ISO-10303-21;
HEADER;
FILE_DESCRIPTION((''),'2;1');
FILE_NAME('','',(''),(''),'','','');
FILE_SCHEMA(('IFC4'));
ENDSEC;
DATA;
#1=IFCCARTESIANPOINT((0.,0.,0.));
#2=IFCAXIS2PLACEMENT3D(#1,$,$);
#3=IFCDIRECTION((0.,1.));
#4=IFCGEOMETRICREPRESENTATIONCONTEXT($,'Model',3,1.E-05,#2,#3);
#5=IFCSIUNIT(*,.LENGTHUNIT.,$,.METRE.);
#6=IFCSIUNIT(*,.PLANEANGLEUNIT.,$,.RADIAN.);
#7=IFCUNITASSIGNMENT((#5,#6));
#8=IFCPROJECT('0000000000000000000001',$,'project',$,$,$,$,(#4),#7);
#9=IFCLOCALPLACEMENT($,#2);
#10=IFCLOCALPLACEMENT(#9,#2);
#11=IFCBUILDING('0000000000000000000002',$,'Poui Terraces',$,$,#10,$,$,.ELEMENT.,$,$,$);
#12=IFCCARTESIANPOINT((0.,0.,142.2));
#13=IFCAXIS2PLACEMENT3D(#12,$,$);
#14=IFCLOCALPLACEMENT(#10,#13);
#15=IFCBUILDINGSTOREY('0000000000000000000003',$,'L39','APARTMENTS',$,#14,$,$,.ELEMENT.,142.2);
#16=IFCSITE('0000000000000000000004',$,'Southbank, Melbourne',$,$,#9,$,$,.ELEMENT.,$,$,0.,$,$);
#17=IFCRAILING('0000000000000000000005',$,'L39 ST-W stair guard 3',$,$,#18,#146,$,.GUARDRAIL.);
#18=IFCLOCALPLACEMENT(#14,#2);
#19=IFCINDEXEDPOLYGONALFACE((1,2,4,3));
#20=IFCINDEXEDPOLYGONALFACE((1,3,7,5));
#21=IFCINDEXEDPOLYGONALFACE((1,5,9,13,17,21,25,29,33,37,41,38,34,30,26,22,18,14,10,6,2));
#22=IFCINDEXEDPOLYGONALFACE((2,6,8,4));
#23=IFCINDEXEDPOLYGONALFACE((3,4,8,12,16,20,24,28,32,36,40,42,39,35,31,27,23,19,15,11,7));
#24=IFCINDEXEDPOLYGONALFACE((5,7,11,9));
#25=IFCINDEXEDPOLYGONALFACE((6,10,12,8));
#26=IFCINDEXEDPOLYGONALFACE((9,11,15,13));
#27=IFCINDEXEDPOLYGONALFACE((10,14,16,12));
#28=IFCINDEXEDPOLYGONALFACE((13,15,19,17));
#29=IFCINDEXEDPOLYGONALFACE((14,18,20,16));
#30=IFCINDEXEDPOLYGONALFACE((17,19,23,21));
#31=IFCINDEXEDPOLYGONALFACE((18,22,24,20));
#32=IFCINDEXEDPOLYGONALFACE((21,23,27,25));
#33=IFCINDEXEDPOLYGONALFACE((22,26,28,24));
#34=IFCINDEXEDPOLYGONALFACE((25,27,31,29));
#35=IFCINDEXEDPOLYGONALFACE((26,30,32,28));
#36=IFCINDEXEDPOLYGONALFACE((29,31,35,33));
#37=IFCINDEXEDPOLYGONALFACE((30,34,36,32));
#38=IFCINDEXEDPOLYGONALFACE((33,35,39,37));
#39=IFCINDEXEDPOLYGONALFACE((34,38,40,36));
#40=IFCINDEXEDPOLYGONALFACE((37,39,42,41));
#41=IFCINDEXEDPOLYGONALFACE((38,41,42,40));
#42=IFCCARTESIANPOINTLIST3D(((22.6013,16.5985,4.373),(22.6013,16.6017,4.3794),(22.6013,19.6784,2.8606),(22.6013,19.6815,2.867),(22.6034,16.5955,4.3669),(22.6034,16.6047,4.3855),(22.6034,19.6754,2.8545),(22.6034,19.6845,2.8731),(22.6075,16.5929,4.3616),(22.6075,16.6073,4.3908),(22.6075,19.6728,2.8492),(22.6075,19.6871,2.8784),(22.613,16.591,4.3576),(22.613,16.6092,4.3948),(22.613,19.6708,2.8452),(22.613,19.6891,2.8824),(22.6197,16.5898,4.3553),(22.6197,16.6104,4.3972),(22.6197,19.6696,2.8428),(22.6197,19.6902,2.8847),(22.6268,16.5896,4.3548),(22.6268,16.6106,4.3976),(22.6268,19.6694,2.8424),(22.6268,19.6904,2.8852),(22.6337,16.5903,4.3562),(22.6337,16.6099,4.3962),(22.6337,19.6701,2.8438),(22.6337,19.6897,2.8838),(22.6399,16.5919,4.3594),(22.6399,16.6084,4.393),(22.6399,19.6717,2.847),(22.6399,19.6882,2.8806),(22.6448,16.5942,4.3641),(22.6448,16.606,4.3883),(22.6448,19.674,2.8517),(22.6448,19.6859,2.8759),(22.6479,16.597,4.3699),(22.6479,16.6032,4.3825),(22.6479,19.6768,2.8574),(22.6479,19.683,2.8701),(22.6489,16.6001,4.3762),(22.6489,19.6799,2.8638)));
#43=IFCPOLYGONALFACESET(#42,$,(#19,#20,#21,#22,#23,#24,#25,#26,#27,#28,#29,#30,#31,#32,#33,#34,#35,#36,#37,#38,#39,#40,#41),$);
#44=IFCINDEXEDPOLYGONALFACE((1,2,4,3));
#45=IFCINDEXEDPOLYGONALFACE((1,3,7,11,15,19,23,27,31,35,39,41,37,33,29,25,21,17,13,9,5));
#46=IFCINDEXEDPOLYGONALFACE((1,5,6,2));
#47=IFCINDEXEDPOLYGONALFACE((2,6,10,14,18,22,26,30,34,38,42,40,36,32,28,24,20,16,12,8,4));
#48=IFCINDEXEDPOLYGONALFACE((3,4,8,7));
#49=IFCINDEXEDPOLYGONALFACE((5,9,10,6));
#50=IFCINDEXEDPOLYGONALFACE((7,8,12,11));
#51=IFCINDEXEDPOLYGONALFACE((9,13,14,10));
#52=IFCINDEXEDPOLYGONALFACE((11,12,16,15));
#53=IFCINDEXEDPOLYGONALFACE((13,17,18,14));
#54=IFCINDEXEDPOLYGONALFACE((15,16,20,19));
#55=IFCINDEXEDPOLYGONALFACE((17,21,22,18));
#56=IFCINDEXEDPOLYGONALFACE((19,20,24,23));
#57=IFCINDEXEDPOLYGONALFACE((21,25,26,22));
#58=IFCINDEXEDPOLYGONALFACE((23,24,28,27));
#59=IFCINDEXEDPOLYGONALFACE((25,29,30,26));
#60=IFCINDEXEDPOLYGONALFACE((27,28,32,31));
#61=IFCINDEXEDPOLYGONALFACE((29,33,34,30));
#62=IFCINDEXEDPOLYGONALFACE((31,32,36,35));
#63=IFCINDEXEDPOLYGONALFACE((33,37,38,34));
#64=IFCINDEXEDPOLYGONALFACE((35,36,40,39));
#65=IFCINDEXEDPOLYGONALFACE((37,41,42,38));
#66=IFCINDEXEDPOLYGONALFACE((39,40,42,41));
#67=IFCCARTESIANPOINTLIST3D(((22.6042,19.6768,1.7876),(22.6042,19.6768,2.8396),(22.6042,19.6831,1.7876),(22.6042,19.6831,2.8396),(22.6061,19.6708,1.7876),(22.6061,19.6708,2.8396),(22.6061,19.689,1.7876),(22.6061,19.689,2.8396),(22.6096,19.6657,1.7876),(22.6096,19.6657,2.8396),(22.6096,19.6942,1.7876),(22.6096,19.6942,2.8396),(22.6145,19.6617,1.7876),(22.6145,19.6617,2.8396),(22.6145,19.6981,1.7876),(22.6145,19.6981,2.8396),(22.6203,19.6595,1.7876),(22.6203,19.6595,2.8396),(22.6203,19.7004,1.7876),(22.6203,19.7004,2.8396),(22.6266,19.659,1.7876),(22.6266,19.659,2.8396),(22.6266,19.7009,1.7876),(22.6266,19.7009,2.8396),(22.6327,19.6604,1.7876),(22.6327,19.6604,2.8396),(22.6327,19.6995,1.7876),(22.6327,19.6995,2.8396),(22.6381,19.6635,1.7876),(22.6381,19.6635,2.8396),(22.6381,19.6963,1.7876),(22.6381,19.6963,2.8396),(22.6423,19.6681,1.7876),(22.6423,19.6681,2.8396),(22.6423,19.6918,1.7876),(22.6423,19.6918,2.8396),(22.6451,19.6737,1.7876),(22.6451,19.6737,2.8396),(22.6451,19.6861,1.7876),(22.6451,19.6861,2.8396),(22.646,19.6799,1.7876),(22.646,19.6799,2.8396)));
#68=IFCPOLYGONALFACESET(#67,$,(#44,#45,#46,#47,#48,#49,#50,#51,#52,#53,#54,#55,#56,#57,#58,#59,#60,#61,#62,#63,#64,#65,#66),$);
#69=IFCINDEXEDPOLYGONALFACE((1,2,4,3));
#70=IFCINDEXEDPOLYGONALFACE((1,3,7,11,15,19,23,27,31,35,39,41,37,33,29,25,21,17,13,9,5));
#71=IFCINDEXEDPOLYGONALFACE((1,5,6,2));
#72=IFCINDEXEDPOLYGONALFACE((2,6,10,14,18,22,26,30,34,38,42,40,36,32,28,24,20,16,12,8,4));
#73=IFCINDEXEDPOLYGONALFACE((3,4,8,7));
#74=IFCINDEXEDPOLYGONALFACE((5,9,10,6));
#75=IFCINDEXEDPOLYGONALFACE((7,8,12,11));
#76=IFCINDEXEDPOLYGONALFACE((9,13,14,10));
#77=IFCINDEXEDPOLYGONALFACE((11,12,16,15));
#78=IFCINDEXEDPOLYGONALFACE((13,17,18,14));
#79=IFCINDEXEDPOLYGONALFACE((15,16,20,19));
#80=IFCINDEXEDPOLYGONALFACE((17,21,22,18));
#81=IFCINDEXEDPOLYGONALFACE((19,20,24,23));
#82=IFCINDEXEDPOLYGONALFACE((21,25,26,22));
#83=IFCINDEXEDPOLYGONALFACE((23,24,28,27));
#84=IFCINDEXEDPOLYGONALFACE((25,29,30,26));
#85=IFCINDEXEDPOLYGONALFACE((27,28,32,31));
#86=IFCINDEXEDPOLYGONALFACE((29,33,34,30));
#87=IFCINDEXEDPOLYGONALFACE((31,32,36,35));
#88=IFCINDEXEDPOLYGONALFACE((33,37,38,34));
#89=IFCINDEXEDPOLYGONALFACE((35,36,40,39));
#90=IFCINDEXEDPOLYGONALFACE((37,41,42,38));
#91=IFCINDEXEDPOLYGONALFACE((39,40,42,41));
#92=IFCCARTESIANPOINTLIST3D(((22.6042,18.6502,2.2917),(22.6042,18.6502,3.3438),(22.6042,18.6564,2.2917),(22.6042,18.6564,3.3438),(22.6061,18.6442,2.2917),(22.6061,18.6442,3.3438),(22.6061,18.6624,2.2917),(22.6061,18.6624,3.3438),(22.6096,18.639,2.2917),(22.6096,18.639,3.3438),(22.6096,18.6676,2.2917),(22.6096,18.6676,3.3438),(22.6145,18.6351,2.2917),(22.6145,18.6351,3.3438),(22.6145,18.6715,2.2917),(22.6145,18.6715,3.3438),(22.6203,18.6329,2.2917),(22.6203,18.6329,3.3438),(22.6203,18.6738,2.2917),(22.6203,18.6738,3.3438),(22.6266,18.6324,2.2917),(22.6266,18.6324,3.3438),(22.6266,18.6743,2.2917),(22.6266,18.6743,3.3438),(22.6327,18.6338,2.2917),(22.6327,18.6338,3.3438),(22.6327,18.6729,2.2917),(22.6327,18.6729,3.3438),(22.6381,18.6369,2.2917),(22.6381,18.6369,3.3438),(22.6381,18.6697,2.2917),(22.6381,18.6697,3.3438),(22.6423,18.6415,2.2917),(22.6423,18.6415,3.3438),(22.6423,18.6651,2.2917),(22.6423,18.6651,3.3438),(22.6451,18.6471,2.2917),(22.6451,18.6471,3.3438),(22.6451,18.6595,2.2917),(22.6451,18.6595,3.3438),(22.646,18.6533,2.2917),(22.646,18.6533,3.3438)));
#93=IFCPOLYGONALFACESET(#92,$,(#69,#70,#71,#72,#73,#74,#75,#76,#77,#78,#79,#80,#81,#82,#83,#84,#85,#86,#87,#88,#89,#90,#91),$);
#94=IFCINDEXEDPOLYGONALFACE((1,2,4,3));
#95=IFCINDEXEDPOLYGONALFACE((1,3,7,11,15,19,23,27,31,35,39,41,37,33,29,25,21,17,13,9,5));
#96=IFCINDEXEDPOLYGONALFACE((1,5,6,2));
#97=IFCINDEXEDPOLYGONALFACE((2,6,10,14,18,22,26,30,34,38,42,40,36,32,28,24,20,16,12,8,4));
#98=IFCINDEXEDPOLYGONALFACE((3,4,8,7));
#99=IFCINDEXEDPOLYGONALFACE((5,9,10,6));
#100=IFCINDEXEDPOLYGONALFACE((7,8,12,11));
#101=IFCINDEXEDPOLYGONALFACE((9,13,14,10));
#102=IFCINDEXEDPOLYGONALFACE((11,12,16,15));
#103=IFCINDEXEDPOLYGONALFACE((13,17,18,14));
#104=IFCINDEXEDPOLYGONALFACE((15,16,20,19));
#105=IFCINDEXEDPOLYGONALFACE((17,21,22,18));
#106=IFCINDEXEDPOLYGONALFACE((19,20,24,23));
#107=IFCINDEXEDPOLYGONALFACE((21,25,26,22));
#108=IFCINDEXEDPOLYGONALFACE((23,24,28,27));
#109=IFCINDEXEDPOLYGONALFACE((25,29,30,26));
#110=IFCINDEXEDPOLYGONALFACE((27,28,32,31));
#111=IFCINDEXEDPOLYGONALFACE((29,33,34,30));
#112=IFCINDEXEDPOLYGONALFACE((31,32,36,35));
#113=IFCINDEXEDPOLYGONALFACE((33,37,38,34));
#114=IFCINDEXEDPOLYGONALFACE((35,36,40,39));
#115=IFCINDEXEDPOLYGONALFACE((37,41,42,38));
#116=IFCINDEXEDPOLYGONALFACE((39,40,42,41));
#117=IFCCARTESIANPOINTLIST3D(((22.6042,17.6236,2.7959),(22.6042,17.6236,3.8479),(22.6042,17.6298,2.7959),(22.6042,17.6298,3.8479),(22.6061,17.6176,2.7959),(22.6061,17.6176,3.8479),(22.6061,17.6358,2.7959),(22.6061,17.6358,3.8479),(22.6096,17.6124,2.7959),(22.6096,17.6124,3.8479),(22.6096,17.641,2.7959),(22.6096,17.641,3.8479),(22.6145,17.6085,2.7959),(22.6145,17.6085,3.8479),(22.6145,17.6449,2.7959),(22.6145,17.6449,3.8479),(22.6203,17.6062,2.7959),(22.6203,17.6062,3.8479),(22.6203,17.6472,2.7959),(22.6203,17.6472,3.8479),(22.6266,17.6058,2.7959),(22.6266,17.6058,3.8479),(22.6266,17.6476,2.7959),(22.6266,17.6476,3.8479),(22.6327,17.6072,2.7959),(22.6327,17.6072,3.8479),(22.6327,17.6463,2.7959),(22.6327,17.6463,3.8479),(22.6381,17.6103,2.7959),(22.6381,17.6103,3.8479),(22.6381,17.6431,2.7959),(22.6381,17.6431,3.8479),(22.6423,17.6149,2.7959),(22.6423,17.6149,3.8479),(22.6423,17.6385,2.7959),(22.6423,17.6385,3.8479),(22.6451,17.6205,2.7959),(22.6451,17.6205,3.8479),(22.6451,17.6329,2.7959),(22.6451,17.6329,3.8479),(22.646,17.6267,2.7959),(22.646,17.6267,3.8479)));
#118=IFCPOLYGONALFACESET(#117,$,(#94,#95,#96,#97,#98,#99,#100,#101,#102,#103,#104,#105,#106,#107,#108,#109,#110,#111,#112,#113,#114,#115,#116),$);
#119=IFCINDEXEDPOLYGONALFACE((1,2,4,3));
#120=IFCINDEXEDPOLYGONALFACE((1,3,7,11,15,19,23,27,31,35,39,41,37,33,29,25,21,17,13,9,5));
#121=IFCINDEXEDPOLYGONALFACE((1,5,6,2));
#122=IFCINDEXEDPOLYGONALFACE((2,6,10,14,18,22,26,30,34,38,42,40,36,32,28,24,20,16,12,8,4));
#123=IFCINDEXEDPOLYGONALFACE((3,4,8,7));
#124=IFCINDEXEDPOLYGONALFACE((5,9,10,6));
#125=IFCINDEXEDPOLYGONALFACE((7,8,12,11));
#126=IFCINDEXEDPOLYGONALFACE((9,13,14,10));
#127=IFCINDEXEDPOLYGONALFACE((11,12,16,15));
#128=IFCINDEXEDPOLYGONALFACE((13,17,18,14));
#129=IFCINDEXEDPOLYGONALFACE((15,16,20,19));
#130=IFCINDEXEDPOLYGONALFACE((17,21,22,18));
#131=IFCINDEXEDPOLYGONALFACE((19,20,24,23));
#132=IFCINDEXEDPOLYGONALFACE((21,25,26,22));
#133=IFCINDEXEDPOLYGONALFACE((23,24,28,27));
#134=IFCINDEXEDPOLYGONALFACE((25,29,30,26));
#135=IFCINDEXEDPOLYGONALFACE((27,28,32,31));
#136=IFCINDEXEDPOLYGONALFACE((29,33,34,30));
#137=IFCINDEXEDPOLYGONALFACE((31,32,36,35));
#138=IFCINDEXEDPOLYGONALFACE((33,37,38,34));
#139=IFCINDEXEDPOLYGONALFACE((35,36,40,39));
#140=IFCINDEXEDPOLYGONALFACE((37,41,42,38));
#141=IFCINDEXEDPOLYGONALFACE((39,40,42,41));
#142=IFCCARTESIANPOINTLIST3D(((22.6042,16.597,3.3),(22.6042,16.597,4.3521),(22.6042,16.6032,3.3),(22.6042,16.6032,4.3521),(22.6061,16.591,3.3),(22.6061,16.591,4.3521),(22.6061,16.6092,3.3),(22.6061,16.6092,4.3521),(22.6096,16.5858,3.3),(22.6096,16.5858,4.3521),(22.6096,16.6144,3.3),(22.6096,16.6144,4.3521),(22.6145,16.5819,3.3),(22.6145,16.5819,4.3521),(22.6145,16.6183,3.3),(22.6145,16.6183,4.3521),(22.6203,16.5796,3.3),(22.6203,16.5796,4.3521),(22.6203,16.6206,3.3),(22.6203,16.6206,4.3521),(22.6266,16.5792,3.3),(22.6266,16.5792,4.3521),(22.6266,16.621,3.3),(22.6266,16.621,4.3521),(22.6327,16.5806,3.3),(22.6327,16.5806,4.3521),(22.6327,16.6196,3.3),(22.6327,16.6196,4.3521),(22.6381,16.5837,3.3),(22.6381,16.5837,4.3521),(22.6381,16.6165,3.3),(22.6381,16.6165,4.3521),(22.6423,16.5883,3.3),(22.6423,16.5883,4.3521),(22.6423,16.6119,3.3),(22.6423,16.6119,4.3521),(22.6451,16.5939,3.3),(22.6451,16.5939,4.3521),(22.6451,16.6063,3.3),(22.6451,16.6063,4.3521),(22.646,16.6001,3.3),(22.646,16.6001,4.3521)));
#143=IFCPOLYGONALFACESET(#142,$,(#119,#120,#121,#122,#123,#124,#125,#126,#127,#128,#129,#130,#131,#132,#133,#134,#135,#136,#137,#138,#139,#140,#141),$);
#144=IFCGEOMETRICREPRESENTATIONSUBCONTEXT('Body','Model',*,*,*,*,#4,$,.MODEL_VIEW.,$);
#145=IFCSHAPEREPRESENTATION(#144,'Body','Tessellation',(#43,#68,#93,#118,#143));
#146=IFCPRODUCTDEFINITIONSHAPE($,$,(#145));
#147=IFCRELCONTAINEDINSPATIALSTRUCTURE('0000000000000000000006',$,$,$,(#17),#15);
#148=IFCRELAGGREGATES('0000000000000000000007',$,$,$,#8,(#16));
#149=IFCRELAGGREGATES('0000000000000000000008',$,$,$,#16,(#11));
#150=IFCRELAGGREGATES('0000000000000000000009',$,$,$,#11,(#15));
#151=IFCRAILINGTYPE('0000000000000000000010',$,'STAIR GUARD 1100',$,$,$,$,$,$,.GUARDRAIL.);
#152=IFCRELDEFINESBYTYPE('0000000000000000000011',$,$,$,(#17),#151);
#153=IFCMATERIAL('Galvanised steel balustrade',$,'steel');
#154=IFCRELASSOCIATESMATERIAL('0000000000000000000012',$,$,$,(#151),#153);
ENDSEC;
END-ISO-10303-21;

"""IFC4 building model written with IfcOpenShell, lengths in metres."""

from ifc_helpers import new_model, si_unit, direction, frame, origin, origin_2d, place, context, subcontext, project, spatial, circle, extrude, material, type_object, element, save


model = new_model("IFC4")

# Units and contexts
model_context = context("Model", 3, precision=1e-05, world=origin(), true_north=direction((0.0, 1.0)))
body_context = subcontext(model_context, "Body", "Model", "MODEL_VIEW")
ifc_project = project(units=[si_unit("LENGTHUNIT", "METRE"), si_unit("PLANEANGLEUNIT", "RADIAN")], contexts=[model_context])

# Site, building, storey
site_placement = place(None, origin())
site = spatial("IfcSite", under=ifc_project, at=site_placement, Name="Southbank, Melbourne", CompositionType="ELEMENT", RefElevation=0.0)
building_placement = place(site_placement, origin())
building = spatial("IfcBuilding", under=site, at=building_placement, Name="Poui Terraces", CompositionType="ELEMENT")
storey_placement = place(building_placement, frame((0.0, 0.0, 142.2)))
storey = spatial("IfcBuildingStorey", under=building, at=storey_placement, Name="L39", Description="APARTMENTS", CompositionType="ELEMENT", Elevation=142.2)

# Railing
ifc_material_1 = material(Name="Galvanised steel balustrade", Category="steel")
railing_type_1 = type_object("IfcRailingType", Name="STAIR GUARD 1100", PredefinedType="GUARDRAIL", material=ifc_material_1)
railing_1_placement = place(storey_placement, frame((22.625, 19.6799, 1.7876)))
element("IfcRailing", 1, at=railing_1_placement, inside=storey, type_object=railing_type_1, Name="L39 ST-W stair guard 3", PredefinedType="GUARDRAIL", context=body_context, shape_type="SweptSolid", body=[
    extrude(circle(Radius=0.0239, at=origin_2d()), frame((0.0, 0.0, 1.0762), z_axis=(0.0, -0.897606, 0.440798), x_axis=(1.0, 0.0, 0.0)), (0.0, 0.0, 1.0), 3.4312),
    extrude(circle(Radius=0.021, at=origin_2d()), origin(), (0.0, 0.0, 1.0), 1.052),
    extrude(circle(Radius=0.021, at=origin_2d()), frame((0.0, -1.0266, 0.5042)), (0.0, 0.0, 1.0), 1.052),
    extrude(circle(Radius=0.021, at=origin_2d()), frame((0.0, -2.0532, 1.0083)), (0.0, 0.0, 1.0), 1.052),
    extrude(circle(Radius=0.021, at=origin_2d()), frame((0.0, -3.0798, 1.5125)), (0.0, 0.0, 1.0), 1.052),
])

save(model, "model.ifc")
